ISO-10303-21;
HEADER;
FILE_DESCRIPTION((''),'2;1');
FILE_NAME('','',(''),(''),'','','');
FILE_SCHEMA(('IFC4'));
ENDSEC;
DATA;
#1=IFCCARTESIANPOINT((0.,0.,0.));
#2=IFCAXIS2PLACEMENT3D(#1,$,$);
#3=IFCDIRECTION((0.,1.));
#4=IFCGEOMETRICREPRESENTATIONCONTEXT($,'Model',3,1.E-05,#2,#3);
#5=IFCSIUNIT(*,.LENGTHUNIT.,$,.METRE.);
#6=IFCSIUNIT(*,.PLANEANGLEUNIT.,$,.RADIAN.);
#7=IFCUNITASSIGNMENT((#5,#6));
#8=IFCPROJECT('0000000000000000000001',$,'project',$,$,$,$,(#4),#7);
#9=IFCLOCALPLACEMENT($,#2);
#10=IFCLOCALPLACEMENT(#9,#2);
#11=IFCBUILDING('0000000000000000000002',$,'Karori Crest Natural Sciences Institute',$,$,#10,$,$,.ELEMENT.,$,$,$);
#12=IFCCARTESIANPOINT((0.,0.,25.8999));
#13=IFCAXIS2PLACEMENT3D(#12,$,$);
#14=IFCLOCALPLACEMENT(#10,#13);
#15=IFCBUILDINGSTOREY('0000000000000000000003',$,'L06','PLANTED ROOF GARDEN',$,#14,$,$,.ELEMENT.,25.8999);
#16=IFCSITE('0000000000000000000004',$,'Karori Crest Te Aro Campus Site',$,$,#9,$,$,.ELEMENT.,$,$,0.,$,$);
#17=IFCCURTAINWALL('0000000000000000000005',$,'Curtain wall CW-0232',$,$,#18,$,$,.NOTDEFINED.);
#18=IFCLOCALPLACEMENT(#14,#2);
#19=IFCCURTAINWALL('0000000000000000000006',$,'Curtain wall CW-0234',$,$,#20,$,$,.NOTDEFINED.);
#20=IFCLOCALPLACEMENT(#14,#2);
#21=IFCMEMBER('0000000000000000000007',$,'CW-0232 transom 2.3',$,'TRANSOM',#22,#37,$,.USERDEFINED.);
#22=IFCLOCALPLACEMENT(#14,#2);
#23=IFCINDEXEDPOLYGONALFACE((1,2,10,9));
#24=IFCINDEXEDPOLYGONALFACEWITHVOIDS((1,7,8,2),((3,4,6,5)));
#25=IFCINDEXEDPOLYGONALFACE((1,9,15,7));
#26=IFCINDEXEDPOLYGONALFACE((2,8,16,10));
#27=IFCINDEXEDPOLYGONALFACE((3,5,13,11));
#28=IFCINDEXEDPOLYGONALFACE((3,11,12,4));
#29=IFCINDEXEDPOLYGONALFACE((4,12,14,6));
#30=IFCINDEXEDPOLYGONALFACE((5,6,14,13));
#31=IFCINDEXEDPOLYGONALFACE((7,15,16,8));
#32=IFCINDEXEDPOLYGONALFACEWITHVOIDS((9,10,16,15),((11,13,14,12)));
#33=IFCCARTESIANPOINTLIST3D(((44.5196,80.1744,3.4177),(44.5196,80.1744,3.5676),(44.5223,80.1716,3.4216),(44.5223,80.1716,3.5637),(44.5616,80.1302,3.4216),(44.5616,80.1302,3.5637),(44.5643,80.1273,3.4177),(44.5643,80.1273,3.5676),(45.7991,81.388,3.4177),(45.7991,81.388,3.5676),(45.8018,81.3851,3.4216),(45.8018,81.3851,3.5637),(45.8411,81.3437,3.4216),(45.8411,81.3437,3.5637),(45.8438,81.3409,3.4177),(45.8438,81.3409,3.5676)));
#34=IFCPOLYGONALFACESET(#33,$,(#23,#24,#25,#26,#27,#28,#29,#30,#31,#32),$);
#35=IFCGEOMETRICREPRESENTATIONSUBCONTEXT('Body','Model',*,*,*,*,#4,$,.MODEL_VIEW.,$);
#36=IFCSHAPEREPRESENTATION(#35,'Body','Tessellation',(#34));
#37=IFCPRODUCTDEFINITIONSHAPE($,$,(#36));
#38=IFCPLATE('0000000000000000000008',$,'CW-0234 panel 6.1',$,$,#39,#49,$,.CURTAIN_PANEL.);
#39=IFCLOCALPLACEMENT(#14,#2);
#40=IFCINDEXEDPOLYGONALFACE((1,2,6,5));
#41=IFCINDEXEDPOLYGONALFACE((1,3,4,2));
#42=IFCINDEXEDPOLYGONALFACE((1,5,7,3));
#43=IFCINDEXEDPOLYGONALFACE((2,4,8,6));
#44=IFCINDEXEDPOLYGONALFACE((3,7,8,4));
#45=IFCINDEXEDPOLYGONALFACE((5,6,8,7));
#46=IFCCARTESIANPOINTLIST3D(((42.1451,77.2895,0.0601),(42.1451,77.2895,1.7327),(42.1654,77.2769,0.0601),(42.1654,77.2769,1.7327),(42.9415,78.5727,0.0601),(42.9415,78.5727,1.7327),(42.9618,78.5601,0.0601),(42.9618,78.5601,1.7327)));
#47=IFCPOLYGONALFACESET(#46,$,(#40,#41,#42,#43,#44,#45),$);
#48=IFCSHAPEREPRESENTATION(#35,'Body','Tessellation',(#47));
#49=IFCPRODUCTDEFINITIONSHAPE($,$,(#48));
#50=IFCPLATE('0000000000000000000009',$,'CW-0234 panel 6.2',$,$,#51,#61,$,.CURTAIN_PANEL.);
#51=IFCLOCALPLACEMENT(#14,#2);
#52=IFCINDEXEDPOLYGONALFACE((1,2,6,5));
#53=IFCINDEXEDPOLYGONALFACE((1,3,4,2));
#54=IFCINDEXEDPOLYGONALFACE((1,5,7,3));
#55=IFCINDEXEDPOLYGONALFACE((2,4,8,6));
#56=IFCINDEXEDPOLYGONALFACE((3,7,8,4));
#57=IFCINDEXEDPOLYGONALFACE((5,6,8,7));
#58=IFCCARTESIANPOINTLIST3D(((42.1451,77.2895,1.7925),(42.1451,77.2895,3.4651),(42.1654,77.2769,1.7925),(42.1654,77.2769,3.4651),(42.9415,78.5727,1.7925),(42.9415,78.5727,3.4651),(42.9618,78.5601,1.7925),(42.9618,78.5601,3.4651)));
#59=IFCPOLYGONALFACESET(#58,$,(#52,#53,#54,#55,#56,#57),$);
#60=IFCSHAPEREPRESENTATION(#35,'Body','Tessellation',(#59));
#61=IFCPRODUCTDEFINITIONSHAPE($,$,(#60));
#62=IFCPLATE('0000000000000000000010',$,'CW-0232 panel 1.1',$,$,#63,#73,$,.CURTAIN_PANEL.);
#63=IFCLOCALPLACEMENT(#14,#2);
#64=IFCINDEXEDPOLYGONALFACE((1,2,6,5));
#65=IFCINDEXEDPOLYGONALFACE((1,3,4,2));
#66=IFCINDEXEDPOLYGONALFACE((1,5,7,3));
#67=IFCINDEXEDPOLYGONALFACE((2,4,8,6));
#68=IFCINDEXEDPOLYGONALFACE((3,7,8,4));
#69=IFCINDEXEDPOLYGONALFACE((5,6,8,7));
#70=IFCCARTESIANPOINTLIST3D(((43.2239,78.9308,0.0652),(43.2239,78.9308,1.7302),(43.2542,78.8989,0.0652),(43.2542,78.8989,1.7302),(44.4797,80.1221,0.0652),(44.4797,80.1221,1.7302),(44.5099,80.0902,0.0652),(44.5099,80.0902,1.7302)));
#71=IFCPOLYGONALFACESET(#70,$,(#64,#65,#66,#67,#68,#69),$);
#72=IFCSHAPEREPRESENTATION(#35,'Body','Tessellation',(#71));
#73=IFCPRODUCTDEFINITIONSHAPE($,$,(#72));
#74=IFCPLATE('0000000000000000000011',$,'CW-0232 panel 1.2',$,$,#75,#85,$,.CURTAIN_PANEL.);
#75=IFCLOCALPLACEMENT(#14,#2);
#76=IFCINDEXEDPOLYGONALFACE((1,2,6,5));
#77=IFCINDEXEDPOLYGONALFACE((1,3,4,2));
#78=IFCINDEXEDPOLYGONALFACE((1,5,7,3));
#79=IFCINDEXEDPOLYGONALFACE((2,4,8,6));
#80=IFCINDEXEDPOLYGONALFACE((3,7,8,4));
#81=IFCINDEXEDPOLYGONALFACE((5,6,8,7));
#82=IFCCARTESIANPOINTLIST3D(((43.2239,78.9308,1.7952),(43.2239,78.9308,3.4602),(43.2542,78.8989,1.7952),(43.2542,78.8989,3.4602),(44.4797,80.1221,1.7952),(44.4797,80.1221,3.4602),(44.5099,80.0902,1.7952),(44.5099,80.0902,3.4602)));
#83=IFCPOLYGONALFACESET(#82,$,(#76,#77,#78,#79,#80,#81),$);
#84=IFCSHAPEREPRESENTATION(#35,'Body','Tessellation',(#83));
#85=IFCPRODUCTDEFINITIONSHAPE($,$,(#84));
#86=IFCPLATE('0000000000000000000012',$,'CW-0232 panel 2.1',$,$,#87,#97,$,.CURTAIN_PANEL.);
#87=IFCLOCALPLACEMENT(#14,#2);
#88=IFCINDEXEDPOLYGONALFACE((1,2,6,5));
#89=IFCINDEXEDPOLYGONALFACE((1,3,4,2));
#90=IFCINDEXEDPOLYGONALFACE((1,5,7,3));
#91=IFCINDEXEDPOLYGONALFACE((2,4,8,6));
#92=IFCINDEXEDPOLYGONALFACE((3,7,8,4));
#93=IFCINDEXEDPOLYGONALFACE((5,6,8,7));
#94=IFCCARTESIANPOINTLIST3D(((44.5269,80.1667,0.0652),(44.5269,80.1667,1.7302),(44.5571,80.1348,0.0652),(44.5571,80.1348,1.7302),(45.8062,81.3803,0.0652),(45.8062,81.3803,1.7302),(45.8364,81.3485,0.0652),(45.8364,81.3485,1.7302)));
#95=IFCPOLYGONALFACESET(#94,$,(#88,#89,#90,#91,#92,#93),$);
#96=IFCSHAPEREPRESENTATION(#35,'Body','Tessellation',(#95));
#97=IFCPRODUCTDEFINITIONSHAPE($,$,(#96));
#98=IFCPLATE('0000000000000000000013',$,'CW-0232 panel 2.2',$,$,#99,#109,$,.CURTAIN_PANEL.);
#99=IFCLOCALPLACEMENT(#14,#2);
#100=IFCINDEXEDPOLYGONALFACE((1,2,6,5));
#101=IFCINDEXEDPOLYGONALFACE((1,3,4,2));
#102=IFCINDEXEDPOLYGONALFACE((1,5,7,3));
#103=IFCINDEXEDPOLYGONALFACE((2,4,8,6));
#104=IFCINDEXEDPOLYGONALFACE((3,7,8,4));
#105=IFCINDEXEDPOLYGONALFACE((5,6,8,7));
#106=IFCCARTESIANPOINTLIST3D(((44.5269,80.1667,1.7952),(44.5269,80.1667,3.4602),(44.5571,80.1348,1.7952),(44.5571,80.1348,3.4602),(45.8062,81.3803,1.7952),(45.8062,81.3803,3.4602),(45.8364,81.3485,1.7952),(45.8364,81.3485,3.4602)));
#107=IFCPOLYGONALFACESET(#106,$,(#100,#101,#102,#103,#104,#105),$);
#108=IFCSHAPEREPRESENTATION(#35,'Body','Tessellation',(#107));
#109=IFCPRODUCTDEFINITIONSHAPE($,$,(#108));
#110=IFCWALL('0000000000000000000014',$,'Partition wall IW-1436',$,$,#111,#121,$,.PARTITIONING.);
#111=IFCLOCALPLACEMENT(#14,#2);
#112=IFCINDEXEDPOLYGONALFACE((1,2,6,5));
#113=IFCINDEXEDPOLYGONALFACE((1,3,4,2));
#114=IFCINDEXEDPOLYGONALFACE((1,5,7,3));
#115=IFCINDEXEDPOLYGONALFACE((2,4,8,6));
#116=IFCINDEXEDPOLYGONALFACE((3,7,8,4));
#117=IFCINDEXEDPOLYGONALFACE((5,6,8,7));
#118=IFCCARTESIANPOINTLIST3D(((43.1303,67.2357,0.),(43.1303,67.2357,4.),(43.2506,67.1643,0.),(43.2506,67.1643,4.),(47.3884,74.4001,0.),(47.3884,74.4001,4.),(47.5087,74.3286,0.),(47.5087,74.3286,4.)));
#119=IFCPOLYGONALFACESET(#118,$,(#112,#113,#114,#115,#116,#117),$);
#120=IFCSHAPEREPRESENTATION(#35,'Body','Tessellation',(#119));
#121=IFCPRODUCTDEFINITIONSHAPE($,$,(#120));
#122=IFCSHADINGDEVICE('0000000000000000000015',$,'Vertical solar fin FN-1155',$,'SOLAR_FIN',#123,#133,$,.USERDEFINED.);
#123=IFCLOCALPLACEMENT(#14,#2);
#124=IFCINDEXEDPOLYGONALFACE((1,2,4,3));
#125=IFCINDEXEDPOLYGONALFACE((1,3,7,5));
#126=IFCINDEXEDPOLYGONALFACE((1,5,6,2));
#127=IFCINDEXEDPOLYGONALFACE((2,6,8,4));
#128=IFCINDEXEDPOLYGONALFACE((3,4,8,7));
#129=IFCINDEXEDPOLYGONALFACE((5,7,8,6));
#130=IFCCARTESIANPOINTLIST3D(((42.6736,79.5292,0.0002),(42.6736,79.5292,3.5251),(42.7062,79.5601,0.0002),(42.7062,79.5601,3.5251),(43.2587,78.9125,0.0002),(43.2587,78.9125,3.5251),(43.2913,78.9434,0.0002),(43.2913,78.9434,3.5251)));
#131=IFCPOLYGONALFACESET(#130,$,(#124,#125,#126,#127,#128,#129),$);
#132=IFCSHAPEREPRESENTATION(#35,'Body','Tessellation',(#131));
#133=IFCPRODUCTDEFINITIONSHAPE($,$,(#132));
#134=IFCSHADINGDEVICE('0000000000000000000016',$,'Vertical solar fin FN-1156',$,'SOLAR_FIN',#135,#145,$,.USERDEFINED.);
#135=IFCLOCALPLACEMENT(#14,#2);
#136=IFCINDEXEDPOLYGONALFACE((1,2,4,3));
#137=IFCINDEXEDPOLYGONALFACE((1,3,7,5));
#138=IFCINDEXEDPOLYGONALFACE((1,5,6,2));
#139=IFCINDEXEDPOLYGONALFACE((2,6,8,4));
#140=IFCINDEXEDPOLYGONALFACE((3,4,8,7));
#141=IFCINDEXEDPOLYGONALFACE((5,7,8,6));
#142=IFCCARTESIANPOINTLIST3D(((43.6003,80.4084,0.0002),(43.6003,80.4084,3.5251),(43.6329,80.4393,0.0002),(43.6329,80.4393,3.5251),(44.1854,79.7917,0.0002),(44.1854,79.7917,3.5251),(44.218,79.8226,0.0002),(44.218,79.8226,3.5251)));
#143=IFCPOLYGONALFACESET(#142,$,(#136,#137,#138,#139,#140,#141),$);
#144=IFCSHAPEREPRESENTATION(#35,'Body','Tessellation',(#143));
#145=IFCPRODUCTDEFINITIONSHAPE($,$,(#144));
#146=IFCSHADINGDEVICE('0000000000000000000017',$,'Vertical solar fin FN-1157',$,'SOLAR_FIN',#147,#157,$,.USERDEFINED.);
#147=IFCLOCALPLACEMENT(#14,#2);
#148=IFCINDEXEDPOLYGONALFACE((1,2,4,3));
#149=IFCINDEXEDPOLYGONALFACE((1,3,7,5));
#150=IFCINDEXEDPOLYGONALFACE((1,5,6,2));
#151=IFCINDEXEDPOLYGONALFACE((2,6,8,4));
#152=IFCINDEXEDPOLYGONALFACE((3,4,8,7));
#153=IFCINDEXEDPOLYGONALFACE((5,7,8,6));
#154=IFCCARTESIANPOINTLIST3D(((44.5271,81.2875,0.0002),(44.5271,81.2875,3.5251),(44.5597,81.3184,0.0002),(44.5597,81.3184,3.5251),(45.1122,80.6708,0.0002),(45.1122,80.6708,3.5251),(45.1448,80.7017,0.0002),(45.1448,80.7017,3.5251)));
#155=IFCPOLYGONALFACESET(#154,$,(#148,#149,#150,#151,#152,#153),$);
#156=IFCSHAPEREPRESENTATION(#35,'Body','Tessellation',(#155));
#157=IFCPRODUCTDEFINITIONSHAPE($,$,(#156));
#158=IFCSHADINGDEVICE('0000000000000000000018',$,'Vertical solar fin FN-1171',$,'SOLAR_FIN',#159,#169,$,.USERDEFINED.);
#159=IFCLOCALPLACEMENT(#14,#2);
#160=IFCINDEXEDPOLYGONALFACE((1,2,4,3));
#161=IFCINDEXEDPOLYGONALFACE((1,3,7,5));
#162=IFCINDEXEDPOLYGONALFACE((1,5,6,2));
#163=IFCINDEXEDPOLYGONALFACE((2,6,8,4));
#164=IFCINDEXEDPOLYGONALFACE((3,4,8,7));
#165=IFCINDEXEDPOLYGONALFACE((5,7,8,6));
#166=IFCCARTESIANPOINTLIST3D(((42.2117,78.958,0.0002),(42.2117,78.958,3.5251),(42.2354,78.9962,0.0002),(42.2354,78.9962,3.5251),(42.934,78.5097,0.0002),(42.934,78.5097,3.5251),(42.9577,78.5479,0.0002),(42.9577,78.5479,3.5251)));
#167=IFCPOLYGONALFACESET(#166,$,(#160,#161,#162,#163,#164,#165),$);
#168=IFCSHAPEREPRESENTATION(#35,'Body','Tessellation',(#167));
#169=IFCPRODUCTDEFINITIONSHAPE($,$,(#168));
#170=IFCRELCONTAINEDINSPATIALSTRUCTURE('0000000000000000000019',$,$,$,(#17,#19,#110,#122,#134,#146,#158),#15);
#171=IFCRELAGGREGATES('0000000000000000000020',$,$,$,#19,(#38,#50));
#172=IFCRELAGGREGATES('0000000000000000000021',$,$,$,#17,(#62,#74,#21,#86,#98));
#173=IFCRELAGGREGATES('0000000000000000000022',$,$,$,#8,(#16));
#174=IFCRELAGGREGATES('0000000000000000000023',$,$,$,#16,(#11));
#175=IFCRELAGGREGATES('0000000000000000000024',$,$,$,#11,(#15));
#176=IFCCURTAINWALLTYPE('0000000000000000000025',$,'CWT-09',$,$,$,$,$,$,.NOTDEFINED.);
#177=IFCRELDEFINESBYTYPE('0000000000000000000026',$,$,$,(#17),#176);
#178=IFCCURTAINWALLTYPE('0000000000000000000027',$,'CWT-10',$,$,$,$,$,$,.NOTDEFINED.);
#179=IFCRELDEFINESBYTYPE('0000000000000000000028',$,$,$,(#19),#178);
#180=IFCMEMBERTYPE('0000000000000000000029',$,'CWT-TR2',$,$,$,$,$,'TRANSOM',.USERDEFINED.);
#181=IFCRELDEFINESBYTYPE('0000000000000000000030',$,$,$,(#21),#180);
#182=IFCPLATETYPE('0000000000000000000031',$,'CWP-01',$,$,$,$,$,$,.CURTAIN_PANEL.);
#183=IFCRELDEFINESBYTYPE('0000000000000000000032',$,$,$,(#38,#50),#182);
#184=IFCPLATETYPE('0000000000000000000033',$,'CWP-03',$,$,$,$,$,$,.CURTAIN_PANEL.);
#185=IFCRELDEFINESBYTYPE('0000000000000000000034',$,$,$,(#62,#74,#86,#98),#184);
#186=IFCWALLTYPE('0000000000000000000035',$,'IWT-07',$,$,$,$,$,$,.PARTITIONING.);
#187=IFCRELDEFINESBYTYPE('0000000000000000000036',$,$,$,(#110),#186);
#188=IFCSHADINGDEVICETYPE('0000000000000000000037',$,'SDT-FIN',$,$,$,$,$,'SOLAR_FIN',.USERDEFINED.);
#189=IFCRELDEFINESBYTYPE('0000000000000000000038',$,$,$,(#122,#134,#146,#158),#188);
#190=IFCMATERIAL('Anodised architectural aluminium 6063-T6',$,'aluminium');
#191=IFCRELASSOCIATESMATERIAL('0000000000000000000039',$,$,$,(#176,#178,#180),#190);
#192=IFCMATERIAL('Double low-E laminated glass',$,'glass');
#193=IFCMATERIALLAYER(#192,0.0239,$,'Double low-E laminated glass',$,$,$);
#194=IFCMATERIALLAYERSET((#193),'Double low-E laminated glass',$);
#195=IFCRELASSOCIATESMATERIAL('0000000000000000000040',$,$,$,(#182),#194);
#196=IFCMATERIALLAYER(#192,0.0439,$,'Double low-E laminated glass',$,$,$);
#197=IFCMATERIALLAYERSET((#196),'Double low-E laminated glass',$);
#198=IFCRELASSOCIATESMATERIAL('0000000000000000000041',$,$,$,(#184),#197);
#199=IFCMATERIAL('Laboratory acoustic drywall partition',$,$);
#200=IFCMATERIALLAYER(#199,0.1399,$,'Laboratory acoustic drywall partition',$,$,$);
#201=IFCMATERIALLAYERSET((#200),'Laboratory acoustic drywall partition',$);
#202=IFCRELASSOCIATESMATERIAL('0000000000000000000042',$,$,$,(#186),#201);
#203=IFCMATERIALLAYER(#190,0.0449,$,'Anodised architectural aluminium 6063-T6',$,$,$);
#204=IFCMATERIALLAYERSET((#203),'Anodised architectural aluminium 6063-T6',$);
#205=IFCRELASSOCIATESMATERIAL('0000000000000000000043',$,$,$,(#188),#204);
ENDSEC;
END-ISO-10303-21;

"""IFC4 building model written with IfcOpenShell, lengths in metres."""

from ifc_helpers import new_model, si_unit, direction, frame, frame_2d, origin, origin_2d, place, context, subcontext, project, spatial, rectangle, hollow_rectangle, extrude, material, layer, layer_set, material_profile, profile_set, type_object, element, aggregate, save


model = new_model("IFC4")

# Units and contexts
model_context = context("Model", 3, precision=1e-05, world=origin(), true_north=direction((0.0, 1.0)))
body_context = subcontext(model_context, "Body", "Model", "MODEL_VIEW")
ifc_project = project(units=[si_unit("LENGTHUNIT", "METRE"), si_unit("PLANEANGLEUNIT", "RADIAN")], contexts=[model_context])

# Site, building, storey
site_placement = place(None, origin())
site = spatial("IfcSite", under=ifc_project, at=site_placement, Name="Karori Crest Te Aro Campus Site", CompositionType="ELEMENT", RefElevation=0.0)
building_placement = place(site_placement, origin())
building = spatial("IfcBuilding", under=site, at=building_placement, Name="Karori Crest Natural Sciences Institute", CompositionType="ELEMENT")
storey_placement = place(building_placement, frame((0.0, 0.0, 25.8999)))
storey = spatial("IfcBuildingStorey", under=building, at=storey_placement, Name="L06", Description="PLANTED ROOF GARDEN", CompositionType="ELEMENT", Elevation=25.8999)

# Curtain walls
ifc_material_1 = material(Name="Anodised architectural aluminium 6063-T6", Category="aluminium")
curtain_wall_type_1 = type_object("IfcCurtainWallType", Name="CWT-09", PredefinedType="NOTDEFINED", material=ifc_material_1)
curtain_wall_1_placement = place(storey_placement, origin())
curtain_wall_1 = element("IfcCurtainWall", 1, at=curtain_wall_1_placement, inside=storey, type_object=curtain_wall_type_1, Name="Curtain wall CW-0232", PredefinedType="NOTDEFINED")
curtain_wall_type_2 = type_object("IfcCurtainWallType", Name="CWT-10", PredefinedType="NOTDEFINED", material=ifc_material_1)
curtain_wall_2_placement = place(storey_placement, origin())
curtain_wall_2 = element("IfcCurtainWall", 2, at=curtain_wall_2_placement, inside=storey, type_object=curtain_wall_type_2, Name="Curtain wall CW-0234", PredefinedType="NOTDEFINED")

# Member
ifc_material_profile_1 = material_profile(ifc_material_1, hollow_rectangle(XDim=0.0649, YDim=0.1499, WallThickness=0.0039, at=origin_2d()), Name="CWT150x65x4")
ifc_profile_set_1 = profile_set([ifc_material_profile_1], Name="Anodised architectural aluminium 6063-T6")
member_type_1 = type_object("IfcMemberType", Name="CWT-TR2", ElementType="TRANSOM", PredefinedType="USERDEFINED", material=ifc_profile_set_1)
member_1_placement = place(storey_placement, frame((44.542, 80.1509, 3.4927), z_axis=(0.725549, 0.688171, 0.0), x_axis=(-0.688171, 0.725549, 0.0)))
member_1 = element("IfcMember", 3, at=member_1_placement, type_object=member_type_1, Name="CW-0232 transom 2.3", ObjectType="TRANSOM", PredefinedType="USERDEFINED", context=body_context, shape_type="SweptSolid", body=[
    extrude(hollow_rectangle(XDim=0.0649, YDim=0.1499, WallThickness=0.0039, at=origin_2d()), origin(), (0.0, 0.0, 1.0), 1.7634),
])

# Plates
ifc_material_2 = material(Name="Double low-E laminated glass", Category="glass")
ifc_layer_1 = layer(ifc_material_2, 0.0239, Name="Double low-E laminated glass")
ifc_layer_set_1 = layer_set([ifc_layer_1], Name="Double low-E laminated glass")
plate_type_1 = type_object("IfcPlateType", Name="CWP-01", PredefinedType="CURTAIN_PANEL", material=ifc_layer_set_1)
plate_1_placement = place(storey_placement, frame((42.5535, 77.9248, 0.0601), z_axis=(0.0, 0.0, 1.0), x_axis=(0.527324, 0.849664, 0.0)))
plate_1 = element("IfcPlate", 4, at=plate_1_placement, type_object=plate_type_1, Name="CW-0234 panel 6.1", PredefinedType="CURTAIN_PANEL", context=body_context, shape_type="SweptSolid", body=[
    extrude(rectangle(XDim=1.5103, YDim=0.0239, at=origin_2d()), origin(), (0.0, 0.0, 1.0), 1.6726),
])
plate_2_placement = place(storey_placement, frame((42.5535, 77.9248, 1.7925), z_axis=(0.0, 0.0, 1.0), x_axis=(0.527324, 0.849664, 0.0)))
plate_2 = element("IfcPlate", 5, at=plate_2_placement, type_object=plate_type_1, Name="CW-0234 panel 6.2", PredefinedType="CURTAIN_PANEL", context=body_context, shape_type="SweptSolid", body=[
    extrude(rectangle(XDim=1.5103, YDim=0.0239, at=origin_2d()), origin(), (0.0, 0.0, 1.0), 1.6726),
])
aggregate(curtain_wall_2, [plate_1, plate_2])
ifc_layer_2 = layer(ifc_material_2, 0.0439, Name="Double low-E laminated glass")
ifc_layer_set_2 = layer_set([ifc_layer_2], Name="Double low-E laminated glass")
plate_type_2 = type_object("IfcPlateType", Name="CWP-03", PredefinedType="CURTAIN_PANEL", material=ifc_layer_set_2)
plate_3_placement = place(storey_placement, frame((43.8669, 79.5105, 0.0652), z_axis=(0.0, 0.0, 1.0), x_axis=(0.725473, 0.688251, 0.0)))
plate_3 = element("IfcPlate", 6, at=plate_3_placement, type_object=plate_type_2, Name="CW-0232 panel 1.1", PredefinedType="CURTAIN_PANEL", context=body_context, shape_type="SweptSolid", body=[
    extrude(rectangle(XDim=1.731, YDim=0.0439, at=origin_2d()), origin(), (0.0, 0.0, 1.0), 1.665),
])
plate_4_placement = place(storey_placement, frame((43.8669, 79.5105, 1.7952), z_axis=(0.0, 0.0, 1.0), x_axis=(0.725473, 0.688251, 0.0)))
plate_4 = element("IfcPlate", 7, at=plate_4_placement, type_object=plate_type_2, Name="CW-0232 panel 1.2", PredefinedType="CURTAIN_PANEL", context=body_context, shape_type="SweptSolid", body=[
    extrude(rectangle(XDim=1.731, YDim=0.0439, at=origin_2d()), origin(), (0.0, 0.0, 1.0), 1.665),
])
plate_5_placement = place(storey_placement, frame((45.1816, 80.7576, 0.0652), z_axis=(0.0, 0.0, 1.0), x_axis=(0.725473, 0.688251, 0.0)))
plate_5 = element("IfcPlate", 8, at=plate_5_placement, type_object=plate_type_2, Name="CW-0232 panel 2.1", PredefinedType="CURTAIN_PANEL", context=body_context, shape_type="SweptSolid", body=[
    extrude(rectangle(XDim=1.7634, YDim=0.0439, at=origin_2d()), origin(), (0.0, 0.0, 1.0), 1.665),
])
plate_6_placement = place(storey_placement, frame((45.1816, 80.7576, 1.7952), z_axis=(0.0, 0.0, 1.0), x_axis=(0.725473, 0.688251, 0.0)))
plate_6 = element("IfcPlate", 9, at=plate_6_placement, type_object=plate_type_2, Name="CW-0232 panel 2.2", PredefinedType="CURTAIN_PANEL", context=body_context, shape_type="SweptSolid", body=[
    extrude(rectangle(XDim=1.7634, YDim=0.0439, at=origin_2d()), origin(), (0.0, 0.0, 1.0), 1.665),
])
aggregate(curtain_wall_1, [plate_3, plate_4, member_1, plate_5, plate_6])

# Wall
ifc_material_3 = material(Name="Laboratory acoustic drywall partition")
ifc_layer_3 = layer(ifc_material_3, 0.1399, Name="Laboratory acoustic drywall partition")
ifc_layer_set_3 = layer_set([ifc_layer_3], Name="Laboratory acoustic drywall partition")
wall_type = type_object("IfcWallType", Name="IWT-07", PredefinedType="PARTITIONING", material=ifc_layer_set_3)
wall_placement = place(storey_placement, frame((47.4485, 74.3643, 0.0), z_axis=(0.0, 0.0, 1.0), x_axis=(-0.510916, -0.859631, 0.0)))
element("IfcWall", 10, at=wall_placement, inside=storey, type_object=wall_type, Name="Partition wall IW-1436", PredefinedType="PARTITIONING", context=body_context, shape_type="SweptSolid", body=[
    extrude(rectangle(XDim=8.3342, YDim=0.1399, at=frame_2d((4.167, 0.0))), origin(), (0.0, 0.0, 1.0), 4.0),
])

# Shading devices
ifc_layer_4 = layer(ifc_material_1, 0.0449, Name="Anodised architectural aluminium 6063-T6")
ifc_layer_set_4 = layer_set([ifc_layer_4], Name="Anodised architectural aluminium 6063-T6")
shading_device_type = type_object("IfcShadingDeviceType", Name="SDT-FIN", ElementType="SOLAR_FIN", PredefinedType="USERDEFINED", material=ifc_layer_set_4)
for number, where, z_axis, x_axis, name in (
    (11, (42.9824, 79.2363, 0.0002), (0.0, 0.0, 1.0), (-0.688251, 0.725473, 0.0), "Vertical solar fin FN-1155"),
    (12, (43.9092, 80.1155, 0.0002), (0.0, 0.0, 1.0), (-0.688251, 0.725473, 0.0), "Vertical solar fin FN-1156"),
    (13, (44.8359, 80.9946, 0.0002), (0.0, 0.0, 1.0), (-0.688251, 0.725473, 0.0), "Vertical solar fin FN-1157"),
    (14, (42.5847, 78.7529, 0.0002), (0.0, 0.0, 1.0), (-0.849665, 0.527324, 0.0), "Vertical solar fin FN-1171"),
):
    element("IfcShadingDevice", number, at=place(storey_placement, frame(where, z_axis=z_axis, x_axis=x_axis)), inside=storey, type_object=shading_device_type, Name=name, ObjectType="SOLAR_FIN", PredefinedType="USERDEFINED", context=body_context, shape_type="SweptSolid", body=[
        extrude(rectangle(XDim=0.8501, YDim=0.0449, at=origin_2d()), origin(), (0.0, 0.0, 1.0), 3.5249),
    ])

save(model, "model.ifc")
